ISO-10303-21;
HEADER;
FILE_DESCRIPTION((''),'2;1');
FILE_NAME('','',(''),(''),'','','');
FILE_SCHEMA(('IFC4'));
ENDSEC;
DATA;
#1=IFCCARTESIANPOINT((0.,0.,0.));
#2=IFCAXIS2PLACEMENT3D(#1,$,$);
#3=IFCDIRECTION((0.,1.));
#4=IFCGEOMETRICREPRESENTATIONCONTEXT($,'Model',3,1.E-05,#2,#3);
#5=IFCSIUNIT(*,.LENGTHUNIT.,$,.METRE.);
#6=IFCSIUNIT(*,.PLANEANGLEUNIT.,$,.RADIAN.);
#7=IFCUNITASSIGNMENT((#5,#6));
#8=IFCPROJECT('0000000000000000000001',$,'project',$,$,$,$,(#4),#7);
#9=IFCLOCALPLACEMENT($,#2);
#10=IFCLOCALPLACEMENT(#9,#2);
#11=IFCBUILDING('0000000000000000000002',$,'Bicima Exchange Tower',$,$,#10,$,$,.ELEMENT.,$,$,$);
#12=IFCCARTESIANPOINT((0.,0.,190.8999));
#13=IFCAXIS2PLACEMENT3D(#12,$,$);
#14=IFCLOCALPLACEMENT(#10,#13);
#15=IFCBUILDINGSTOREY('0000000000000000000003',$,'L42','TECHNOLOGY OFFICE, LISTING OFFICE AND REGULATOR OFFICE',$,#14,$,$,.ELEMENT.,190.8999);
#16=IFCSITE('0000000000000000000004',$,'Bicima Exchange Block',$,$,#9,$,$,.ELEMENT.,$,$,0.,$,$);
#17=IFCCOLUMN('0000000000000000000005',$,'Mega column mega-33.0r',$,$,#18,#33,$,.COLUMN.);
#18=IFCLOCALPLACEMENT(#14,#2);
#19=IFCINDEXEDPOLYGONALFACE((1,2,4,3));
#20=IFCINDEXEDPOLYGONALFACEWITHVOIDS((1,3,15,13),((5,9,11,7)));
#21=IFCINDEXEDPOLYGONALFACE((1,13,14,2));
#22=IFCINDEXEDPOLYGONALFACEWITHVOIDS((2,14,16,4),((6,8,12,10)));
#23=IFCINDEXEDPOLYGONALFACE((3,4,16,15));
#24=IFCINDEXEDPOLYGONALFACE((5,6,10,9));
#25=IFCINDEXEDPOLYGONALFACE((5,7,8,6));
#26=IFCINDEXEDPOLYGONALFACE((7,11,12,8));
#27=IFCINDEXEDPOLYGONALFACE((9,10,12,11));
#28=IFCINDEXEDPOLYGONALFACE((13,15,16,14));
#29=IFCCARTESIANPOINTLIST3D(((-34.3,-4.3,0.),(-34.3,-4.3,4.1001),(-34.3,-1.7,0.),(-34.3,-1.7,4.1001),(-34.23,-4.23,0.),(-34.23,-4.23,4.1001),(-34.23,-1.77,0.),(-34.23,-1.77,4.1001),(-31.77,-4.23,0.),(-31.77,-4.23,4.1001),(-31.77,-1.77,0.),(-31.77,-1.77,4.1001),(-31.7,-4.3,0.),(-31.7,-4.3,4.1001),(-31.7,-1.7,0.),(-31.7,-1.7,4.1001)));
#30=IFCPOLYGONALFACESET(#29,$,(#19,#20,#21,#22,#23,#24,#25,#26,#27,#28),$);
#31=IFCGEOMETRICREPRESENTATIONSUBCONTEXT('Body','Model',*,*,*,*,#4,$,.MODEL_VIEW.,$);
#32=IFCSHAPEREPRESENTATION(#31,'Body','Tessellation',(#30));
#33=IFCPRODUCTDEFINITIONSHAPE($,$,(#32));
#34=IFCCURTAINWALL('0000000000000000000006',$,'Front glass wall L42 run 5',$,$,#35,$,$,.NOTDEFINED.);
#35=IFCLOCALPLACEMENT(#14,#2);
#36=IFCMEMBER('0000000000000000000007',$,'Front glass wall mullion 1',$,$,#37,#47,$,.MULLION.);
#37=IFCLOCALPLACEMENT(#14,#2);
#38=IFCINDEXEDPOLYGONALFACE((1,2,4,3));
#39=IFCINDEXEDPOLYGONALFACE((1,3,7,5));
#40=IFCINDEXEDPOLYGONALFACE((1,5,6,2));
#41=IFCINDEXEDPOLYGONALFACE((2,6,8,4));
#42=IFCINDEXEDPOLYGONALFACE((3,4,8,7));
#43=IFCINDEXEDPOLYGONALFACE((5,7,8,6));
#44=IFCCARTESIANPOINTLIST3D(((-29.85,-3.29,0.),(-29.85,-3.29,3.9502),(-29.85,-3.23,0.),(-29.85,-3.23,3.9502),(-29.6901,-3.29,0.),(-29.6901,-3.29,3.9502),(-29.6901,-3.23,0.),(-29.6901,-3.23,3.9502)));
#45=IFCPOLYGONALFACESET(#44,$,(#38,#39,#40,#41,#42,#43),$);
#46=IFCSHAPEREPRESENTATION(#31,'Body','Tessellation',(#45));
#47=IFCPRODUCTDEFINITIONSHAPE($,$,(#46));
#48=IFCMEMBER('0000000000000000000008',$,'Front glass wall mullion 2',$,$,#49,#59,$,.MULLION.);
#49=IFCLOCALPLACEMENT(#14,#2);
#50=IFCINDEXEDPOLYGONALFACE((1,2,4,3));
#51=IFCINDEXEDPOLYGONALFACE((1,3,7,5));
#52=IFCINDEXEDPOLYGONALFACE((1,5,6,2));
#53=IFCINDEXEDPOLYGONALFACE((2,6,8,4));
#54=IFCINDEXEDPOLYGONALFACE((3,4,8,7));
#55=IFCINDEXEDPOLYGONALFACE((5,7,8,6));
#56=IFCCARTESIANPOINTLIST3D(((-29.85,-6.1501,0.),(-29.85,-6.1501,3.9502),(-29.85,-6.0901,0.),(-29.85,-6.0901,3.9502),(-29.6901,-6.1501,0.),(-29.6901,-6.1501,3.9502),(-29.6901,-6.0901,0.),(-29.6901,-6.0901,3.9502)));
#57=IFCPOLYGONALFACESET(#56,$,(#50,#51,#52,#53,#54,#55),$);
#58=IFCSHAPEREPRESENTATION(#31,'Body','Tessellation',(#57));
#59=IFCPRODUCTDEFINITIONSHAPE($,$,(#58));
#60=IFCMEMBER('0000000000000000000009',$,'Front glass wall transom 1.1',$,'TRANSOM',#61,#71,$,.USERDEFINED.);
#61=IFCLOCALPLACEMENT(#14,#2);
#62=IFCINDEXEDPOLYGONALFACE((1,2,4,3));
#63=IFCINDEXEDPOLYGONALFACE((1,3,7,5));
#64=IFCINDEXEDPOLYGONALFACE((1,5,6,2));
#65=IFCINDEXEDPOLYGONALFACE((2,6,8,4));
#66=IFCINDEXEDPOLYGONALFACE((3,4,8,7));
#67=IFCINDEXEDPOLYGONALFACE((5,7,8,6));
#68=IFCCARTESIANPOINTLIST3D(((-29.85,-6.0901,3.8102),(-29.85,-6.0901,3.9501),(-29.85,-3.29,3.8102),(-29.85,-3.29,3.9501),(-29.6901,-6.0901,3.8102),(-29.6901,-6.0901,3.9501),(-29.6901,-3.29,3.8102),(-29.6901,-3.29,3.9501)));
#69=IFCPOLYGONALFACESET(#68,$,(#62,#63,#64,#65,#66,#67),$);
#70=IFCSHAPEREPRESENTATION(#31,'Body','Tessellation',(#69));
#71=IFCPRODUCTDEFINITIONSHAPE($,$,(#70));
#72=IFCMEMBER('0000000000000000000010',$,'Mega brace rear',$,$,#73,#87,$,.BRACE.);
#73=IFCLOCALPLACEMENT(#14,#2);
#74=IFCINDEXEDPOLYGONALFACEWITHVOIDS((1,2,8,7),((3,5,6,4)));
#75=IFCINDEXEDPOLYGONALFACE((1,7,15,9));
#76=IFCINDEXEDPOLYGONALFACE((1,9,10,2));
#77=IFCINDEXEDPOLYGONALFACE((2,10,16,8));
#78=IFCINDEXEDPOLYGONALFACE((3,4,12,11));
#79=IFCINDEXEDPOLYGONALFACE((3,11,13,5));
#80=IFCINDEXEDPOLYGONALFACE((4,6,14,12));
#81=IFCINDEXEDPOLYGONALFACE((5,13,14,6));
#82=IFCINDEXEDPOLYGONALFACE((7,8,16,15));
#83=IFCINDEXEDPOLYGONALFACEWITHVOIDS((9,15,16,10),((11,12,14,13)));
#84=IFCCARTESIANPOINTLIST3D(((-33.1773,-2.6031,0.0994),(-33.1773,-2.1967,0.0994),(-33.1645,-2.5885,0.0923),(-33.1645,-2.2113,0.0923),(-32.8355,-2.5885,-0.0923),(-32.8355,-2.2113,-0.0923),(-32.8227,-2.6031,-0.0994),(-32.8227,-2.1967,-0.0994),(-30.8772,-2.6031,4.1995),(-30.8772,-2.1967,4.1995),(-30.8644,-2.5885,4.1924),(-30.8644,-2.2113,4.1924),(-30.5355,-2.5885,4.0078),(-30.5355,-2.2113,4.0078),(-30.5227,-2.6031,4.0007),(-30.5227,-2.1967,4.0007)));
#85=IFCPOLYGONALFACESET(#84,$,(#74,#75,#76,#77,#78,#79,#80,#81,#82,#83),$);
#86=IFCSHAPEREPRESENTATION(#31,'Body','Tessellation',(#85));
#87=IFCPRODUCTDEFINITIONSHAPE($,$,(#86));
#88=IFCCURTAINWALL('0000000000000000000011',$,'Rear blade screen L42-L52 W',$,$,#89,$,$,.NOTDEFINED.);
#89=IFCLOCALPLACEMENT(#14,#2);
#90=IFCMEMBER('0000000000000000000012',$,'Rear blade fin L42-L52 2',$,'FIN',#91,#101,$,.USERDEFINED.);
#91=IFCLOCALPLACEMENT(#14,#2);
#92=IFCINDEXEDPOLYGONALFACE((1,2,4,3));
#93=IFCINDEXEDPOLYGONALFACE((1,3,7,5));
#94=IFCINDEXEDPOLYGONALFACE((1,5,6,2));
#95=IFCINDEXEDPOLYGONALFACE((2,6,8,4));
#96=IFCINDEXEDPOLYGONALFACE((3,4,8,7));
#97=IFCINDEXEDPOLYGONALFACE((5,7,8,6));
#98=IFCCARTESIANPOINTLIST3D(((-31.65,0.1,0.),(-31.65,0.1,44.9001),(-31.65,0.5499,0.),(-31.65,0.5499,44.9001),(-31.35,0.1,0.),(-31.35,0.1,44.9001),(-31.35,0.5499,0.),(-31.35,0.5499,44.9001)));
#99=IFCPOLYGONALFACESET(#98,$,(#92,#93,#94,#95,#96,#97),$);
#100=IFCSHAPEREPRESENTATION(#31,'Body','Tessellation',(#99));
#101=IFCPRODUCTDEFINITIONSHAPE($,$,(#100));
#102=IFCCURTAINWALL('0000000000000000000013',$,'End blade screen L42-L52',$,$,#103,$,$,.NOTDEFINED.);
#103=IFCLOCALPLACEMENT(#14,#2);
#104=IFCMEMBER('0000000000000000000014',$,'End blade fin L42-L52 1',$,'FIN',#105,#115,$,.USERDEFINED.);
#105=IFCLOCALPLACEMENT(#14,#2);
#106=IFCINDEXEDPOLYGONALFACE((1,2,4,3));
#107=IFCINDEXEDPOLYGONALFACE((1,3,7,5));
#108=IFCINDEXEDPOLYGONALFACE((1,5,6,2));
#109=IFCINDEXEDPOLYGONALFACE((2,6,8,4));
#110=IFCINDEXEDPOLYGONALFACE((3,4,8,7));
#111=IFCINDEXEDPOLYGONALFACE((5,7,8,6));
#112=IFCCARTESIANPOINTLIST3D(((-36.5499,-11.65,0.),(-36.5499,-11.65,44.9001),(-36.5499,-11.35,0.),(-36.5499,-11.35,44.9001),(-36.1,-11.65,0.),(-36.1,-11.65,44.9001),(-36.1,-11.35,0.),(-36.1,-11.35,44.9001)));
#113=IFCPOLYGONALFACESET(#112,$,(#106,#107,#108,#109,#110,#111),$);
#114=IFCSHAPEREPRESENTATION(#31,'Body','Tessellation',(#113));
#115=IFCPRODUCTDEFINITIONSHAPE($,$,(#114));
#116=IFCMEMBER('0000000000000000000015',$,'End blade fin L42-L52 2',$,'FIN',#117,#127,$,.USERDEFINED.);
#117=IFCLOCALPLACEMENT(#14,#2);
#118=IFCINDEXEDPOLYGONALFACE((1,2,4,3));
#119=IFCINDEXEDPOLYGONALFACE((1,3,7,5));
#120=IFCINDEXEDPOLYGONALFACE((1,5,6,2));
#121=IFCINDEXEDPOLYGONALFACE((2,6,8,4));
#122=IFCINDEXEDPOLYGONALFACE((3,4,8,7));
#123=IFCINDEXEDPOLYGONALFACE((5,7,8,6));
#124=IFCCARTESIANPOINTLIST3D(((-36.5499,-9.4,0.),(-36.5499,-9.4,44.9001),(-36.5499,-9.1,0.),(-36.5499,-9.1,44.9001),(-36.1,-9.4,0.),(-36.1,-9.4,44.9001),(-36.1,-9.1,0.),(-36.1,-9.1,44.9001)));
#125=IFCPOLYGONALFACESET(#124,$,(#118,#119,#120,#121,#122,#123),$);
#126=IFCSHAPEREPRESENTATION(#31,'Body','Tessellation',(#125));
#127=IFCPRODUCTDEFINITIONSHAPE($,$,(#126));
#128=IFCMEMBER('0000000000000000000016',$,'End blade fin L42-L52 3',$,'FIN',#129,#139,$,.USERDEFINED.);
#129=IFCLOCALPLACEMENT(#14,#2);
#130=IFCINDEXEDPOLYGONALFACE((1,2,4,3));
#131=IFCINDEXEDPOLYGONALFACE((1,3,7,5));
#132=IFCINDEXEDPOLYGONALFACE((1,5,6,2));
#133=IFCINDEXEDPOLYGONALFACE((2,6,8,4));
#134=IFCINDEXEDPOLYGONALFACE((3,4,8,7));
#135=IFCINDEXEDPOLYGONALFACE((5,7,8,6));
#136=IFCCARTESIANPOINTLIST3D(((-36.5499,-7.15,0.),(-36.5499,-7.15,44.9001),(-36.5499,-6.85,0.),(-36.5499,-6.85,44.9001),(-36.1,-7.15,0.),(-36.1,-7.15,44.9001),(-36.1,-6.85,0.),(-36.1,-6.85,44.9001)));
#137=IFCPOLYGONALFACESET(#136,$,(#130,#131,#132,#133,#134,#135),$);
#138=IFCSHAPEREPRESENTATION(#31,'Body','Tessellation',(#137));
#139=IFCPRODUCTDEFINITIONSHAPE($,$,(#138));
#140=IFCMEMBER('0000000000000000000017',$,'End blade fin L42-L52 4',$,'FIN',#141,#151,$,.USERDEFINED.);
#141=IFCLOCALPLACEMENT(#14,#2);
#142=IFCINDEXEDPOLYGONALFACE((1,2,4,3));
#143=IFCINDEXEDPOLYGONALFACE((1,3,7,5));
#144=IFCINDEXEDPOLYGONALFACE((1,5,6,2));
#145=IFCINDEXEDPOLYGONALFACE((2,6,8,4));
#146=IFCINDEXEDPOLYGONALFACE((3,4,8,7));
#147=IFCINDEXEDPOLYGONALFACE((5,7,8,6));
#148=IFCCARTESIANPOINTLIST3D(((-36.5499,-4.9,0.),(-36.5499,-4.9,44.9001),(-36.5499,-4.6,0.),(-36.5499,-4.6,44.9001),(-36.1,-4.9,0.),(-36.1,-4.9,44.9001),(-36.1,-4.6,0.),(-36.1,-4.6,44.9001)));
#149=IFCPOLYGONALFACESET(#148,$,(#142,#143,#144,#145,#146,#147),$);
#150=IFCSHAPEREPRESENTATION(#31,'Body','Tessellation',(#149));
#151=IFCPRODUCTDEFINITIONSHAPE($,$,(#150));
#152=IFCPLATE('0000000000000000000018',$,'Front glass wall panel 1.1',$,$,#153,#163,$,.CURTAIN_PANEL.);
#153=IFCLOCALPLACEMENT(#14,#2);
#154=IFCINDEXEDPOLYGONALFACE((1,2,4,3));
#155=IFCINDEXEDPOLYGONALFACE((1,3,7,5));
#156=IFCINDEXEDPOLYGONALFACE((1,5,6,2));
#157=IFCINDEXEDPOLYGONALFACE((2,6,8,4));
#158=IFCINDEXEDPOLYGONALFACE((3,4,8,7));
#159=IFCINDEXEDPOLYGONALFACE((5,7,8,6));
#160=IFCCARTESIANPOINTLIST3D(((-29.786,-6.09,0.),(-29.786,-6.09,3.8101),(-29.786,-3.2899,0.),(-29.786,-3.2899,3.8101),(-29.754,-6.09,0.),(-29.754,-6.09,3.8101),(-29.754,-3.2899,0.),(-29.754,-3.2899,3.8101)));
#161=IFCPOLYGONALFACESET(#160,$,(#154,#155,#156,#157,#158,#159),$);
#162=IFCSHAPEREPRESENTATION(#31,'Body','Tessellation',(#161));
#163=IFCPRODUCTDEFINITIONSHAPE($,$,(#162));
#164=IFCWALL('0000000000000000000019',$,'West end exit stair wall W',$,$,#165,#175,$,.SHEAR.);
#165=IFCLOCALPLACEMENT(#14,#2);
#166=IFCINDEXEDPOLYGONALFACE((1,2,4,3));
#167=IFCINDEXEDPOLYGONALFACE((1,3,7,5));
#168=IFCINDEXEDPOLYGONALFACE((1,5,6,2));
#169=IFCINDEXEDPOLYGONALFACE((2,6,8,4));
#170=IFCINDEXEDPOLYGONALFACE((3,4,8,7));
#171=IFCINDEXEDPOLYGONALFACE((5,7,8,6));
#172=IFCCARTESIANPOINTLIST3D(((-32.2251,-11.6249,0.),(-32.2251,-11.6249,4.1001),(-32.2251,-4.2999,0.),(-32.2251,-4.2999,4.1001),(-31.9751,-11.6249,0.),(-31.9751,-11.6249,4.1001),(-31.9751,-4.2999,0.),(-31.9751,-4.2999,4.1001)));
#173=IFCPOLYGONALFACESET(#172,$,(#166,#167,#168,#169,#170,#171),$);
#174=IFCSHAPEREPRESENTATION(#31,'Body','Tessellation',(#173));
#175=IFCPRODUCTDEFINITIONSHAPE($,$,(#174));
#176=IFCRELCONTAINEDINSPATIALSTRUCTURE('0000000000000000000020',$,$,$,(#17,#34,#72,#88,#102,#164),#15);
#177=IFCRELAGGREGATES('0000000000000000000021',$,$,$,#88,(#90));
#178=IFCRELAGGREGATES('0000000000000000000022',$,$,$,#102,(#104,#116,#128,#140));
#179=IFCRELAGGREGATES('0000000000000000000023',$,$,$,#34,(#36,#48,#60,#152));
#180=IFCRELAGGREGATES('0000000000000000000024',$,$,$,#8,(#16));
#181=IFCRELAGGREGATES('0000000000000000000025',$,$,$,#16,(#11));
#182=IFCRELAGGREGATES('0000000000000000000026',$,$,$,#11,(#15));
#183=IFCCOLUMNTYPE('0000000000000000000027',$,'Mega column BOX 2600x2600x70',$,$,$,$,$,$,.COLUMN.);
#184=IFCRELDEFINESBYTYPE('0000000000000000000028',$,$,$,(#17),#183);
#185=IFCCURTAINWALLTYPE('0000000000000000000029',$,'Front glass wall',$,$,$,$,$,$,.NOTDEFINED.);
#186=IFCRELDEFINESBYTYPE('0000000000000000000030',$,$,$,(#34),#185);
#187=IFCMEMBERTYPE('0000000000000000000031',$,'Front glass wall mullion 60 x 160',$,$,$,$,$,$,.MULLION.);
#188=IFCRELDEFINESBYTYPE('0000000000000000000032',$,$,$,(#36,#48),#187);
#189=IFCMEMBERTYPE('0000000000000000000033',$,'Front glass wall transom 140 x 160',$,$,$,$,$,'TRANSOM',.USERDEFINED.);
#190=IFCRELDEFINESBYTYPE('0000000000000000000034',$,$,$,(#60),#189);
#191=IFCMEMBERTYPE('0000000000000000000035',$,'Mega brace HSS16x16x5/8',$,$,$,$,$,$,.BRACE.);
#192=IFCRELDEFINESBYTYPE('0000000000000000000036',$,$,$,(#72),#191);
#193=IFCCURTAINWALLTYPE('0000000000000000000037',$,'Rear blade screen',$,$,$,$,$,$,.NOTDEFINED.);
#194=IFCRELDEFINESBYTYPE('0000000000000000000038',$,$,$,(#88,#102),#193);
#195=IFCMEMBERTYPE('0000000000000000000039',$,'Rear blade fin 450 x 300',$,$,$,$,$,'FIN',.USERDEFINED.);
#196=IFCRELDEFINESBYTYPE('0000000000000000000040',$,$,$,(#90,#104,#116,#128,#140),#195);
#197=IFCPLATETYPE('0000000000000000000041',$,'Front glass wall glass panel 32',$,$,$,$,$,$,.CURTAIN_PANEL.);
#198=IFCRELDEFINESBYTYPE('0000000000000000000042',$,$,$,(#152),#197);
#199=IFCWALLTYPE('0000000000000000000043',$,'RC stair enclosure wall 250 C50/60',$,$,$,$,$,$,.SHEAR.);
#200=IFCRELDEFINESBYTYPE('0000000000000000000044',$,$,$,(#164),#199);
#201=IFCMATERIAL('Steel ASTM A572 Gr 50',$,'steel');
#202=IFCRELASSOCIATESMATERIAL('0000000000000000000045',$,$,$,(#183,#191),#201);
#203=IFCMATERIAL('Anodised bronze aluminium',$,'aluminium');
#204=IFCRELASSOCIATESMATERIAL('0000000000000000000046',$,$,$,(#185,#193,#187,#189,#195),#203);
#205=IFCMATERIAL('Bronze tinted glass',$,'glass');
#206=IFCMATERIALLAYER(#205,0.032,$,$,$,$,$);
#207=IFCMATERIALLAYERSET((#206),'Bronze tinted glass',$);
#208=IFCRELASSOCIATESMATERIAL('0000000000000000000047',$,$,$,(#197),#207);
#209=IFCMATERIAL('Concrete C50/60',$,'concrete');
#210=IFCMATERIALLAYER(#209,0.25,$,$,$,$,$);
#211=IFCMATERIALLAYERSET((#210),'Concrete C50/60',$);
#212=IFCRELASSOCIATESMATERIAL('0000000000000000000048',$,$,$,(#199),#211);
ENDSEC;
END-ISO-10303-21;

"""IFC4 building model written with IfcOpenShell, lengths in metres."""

from ifc_helpers import new_model, si_unit, direction, frame, frame_2d, origin, origin_2d, place, context, subcontext, project, spatial, rectangle, hollow_rectangle, extrude, material, layer, layer_set, material_profile, profile_set, type_object, element, aggregate, save


model = new_model("IFC4")

# Units and contexts
model_context = context("Model", 3, precision=1e-05, world=origin(), true_north=direction((0.0, 1.0)))
body_context = subcontext(model_context, "Body", "Model", "MODEL_VIEW")
ifc_project = project(units=[si_unit("LENGTHUNIT", "METRE"), si_unit("PLANEANGLEUNIT", "RADIAN")], contexts=[model_context])

# Site, building, storey
site_placement = place(None, origin())
site = spatial("IfcSite", under=ifc_project, at=site_placement, Name="Bicima Exchange Block", CompositionType="ELEMENT", RefElevation=0.0)
building_placement = place(site_placement, origin())
building = spatial("IfcBuilding", under=site, at=building_placement, Name="Bicima Exchange Tower", CompositionType="ELEMENT")
storey_placement = place(building_placement, frame((0.0, 0.0, 190.8999)))
storey = spatial("IfcBuildingStorey", under=building, at=storey_placement, Name="L42", Description="TECHNOLOGY OFFICE, LISTING OFFICE AND REGULATOR OFFICE", CompositionType="ELEMENT", Elevation=190.8999)

# Column
ifc_material_1 = material(Name="Steel ASTM A572 Gr 50", Category="steel")
ifc_material_profile_1 = material_profile(ifc_material_1, hollow_rectangle(XDim=2.6001, YDim=2.6001, WallThickness=0.0701, at=origin_2d()))
ifc_profile_set_1 = profile_set([ifc_material_profile_1], Name="Steel ASTM A572 Gr 50")
column_type = type_object("IfcColumnType", Name="Mega column BOX 2600x2600x70", PredefinedType="COLUMN", material=ifc_profile_set_1)
column_placement = place(storey_placement, frame((-33.0, -3.0, 0.0), z_axis=(0.0, 0.0, 1.0), x_axis=(1.0, 0.0, 0.0)))
element("IfcColumn", 1, at=column_placement, inside=storey, type_object=column_type, Name="Mega column mega-33.0r", PredefinedType="COLUMN", context=body_context, shape_type="SweptSolid", body=[
    extrude(hollow_rectangle(XDim=2.6001, YDim=2.6001, WallThickness=0.0701, at=origin_2d()), origin(), (0.0, 0.0, 1.0), 4.1001),
])

# Curtain wall, members
ifc_material_2 = material(Name="Anodised bronze aluminium", Category="aluminium")
curtain_wall_type_1 = type_object("IfcCurtainWallType", Name="Front glass wall", PredefinedType="NOTDEFINED", material=ifc_material_2)
curtain_wall_1_placement = place(storey_placement, origin())
curtain_wall_1 = element("IfcCurtainWall", 2, at=curtain_wall_1_placement, inside=storey, type_object=curtain_wall_type_1, Name="Front glass wall L42 run 5", PredefinedType="NOTDEFINED")
ifc_material_profile_2 = material_profile(ifc_material_2, rectangle(XDim=0.1599, YDim=0.0601, at=origin_2d()))
ifc_profile_set_2 = profile_set([ifc_material_profile_2], Name="Anodised bronze aluminium")
member_type_1 = type_object("IfcMemberType", Name="Front glass wall mullion 60 x 160", PredefinedType="MULLION", material=ifc_profile_set_2)
member_1_placement = place(storey_placement, frame((-29.77, -3.26, 0.0), z_axis=(0.0, 0.0, 1.0), x_axis=(1.0, 0.0, 0.0)))
member_1 = element("IfcMember", 3, at=member_1_placement, type_object=member_type_1, Name="Front glass wall mullion 1", PredefinedType="MULLION", context=body_context, shape_type="SweptSolid", body=[
    extrude(rectangle(XDim=0.1599, YDim=0.0601, at=origin_2d()), origin(), (0.0, 0.0, 1.0), 3.9502),
])
member_2_placement = place(storey_placement, frame((-29.77, -6.1201, 0.0), z_axis=(0.0, 0.0, 1.0), x_axis=(1.0, 0.0, 0.0)))
member_2 = element("IfcMember", 4, at=member_2_placement, type_object=member_type_1, Name="Front glass wall mullion 2", PredefinedType="MULLION", context=body_context, shape_type="SweptSolid", body=[
    extrude(rectangle(XDim=0.1599, YDim=0.0601, at=origin_2d()), origin(), (0.0, 0.0, 1.0), 3.9502),
])
ifc_material_profile_3 = material_profile(ifc_material_2, rectangle(XDim=0.1599, YDim=0.1399, at=origin_2d()))
ifc_profile_set_3 = profile_set([ifc_material_profile_3], Name="Anodised bronze aluminium")
member_type_2 = type_object("IfcMemberType", Name="Front glass wall transom 140 x 160", ElementType="TRANSOM", PredefinedType="USERDEFINED", material=ifc_profile_set_3)
member_3_placement = place(storey_placement, frame((-29.77, -3.29, 3.8801), z_axis=(0.0, -1.0, 0.0), x_axis=(1.0, 0.0, 0.0)))
member_3 = element("IfcMember", 5, at=member_3_placement, type_object=member_type_2, Name="Front glass wall transom 1.1", ObjectType="TRANSOM", PredefinedType="USERDEFINED", context=body_context, shape_type="SweptSolid", body=[
    extrude(rectangle(XDim=0.1599, YDim=0.1399, at=origin_2d()), origin(), (0.0, 0.0, 1.0), 2.8),
])

# Member
ifc_material_profile_4 = material_profile(ifc_material_1, hollow_rectangle(XDim=0.4065, YDim=0.4065, WallThickness=0.0146, at=origin_2d()))
ifc_profile_set_4 = profile_set([ifc_material_profile_4], Name="Steel ASTM A572 Gr 50")
member_type_3 = type_object("IfcMemberType", Name="Mega brace HSS16x16x5/8", PredefinedType="BRACE", material=ifc_profile_set_4)
member_4_placement = place(storey_placement, frame((-33.0, -2.3999, 0.0), z_axis=(0.48925, 0.0, 0.872144), x_axis=(0.0, 1.0, 0.0)))
element("IfcMember", 6, at=member_4_placement, inside=storey, type_object=member_type_3, Name="Mega brace rear", PredefinedType="BRACE", context=body_context, shape_type="SweptSolid", body=[
    extrude(hollow_rectangle(XDim=0.4065, YDim=0.4065, WallThickness=0.0146, at=origin_2d()), origin(), (0.0, 0.0, 1.0), 4.7012),
])

# Curtain wall, member
curtain_wall_type_2 = type_object("IfcCurtainWallType", Name="Rear blade screen", PredefinedType="NOTDEFINED", material=ifc_material_2)
curtain_wall_2_placement = place(storey_placement, origin())
curtain_wall_2 = element("IfcCurtainWall", 7, at=curtain_wall_2_placement, inside=storey, type_object=curtain_wall_type_2, Name="Rear blade screen L42-L52 W", PredefinedType="NOTDEFINED")
ifc_material_profile_5 = material_profile(ifc_material_2, rectangle(XDim=0.45, YDim=0.3, at=origin_2d()))
ifc_profile_set_5 = profile_set([ifc_material_profile_5], Name="Anodised bronze aluminium")
member_type_4 = type_object("IfcMemberType", Name="Rear blade fin 450 x 300", ElementType="FIN", PredefinedType="USERDEFINED", material=ifc_profile_set_5)
member_5_placement = place(storey_placement, frame((-31.5, 0.325, 0.0), z_axis=(0.0, 0.0, 1.0), x_axis=(0.0, 1.0, 0.0)))
member_5 = element("IfcMember", 8, at=member_5_placement, type_object=member_type_4, Name="Rear blade fin L42-L52 2", ObjectType="FIN", PredefinedType="USERDEFINED", context=body_context, shape_type="SweptSolid", body=[
    extrude(rectangle(XDim=0.45, YDim=0.3, at=origin_2d()), origin(), (0.0, 0.0, 1.0), 44.9001),
])
aggregate(curtain_wall_2, [member_5])

# Curtain wall, members
curtain_wall_3_placement = place(storey_placement, origin())
curtain_wall_3 = element("IfcCurtainWall", 9, at=curtain_wall_3_placement, inside=storey, type_object=curtain_wall_type_2, Name="End blade screen L42-L52", PredefinedType="NOTDEFINED")
member_6_placement = place(storey_placement, frame((-36.325, -11.5, 0.0), z_axis=(0.0, 0.0, 1.0), x_axis=(1.0, 0.0, 0.0)))
member_6 = element("IfcMember", 10, at=member_6_placement, type_object=member_type_4, Name="End blade fin L42-L52 1", ObjectType="FIN", PredefinedType="USERDEFINED", context=body_context, shape_type="SweptSolid", body=[
    extrude(rectangle(XDim=0.45, YDim=0.3, at=origin_2d()), origin(), (0.0, 0.0, 1.0), 44.9001),
])
member_7_placement = place(storey_placement, frame((-36.325, -9.25, 0.0), z_axis=(0.0, 0.0, 1.0), x_axis=(1.0, 0.0, 0.0)))
member_7 = element("IfcMember", 11, at=member_7_placement, type_object=member_type_4, Name="End blade fin L42-L52 2", ObjectType="FIN", PredefinedType="USERDEFINED", context=body_context, shape_type="SweptSolid", body=[
    extrude(rectangle(XDim=0.45, YDim=0.3, at=origin_2d()), origin(), (0.0, 0.0, 1.0), 44.9001),
])
member_8_placement = place(storey_placement, frame((-36.325, -7.0, 0.0), z_axis=(0.0, 0.0, 1.0), x_axis=(1.0, 0.0, 0.0)))
member_8 = element("IfcMember", 12, at=member_8_placement, type_object=member_type_4, Name="End blade fin L42-L52 3", ObjectType="FIN", PredefinedType="USERDEFINED", context=body_context, shape_type="SweptSolid", body=[
    extrude(rectangle(XDim=0.45, YDim=0.3, at=origin_2d()), origin(), (0.0, 0.0, 1.0), 44.9001),
])
member_9_placement = place(storey_placement, frame((-36.325, -4.75, 0.0), z_axis=(0.0, 0.0, 1.0), x_axis=(1.0, 0.0, 0.0)))
member_9 = element("IfcMember", 13, at=member_9_placement, type_object=member_type_4, Name="End blade fin L42-L52 4", ObjectType="FIN", PredefinedType="USERDEFINED", context=body_context, shape_type="SweptSolid", body=[
    extrude(rectangle(XDim=0.45, YDim=0.3, at=origin_2d()), origin(), (0.0, 0.0, 1.0), 44.9001),
])
aggregate(curtain_wall_3, [member_6, member_7, member_8, member_9])

# Plate
ifc_material_3 = material(Name="Bronze tinted glass", Category="glass")
ifc_layer_1 = layer(ifc_material_3, 0.032)
ifc_layer_set_1 = layer_set([ifc_layer_1], Name="Bronze tinted glass")
plate_type = type_object("IfcPlateType", Name="Front glass wall glass panel 32", PredefinedType="CURTAIN_PANEL", material=ifc_layer_set_1)
plate_placement = place(storey_placement, frame((-29.77, -4.6899, 0.0), z_axis=(0.0, 0.0, 1.0), x_axis=(0.0, -1.0, 0.0)))
plate = element("IfcPlate", 14, at=plate_placement, type_object=plate_type, Name="Front glass wall panel 1.1", PredefinedType="CURTAIN_PANEL", context=body_context, shape_type="SweptSolid", body=[
    extrude(rectangle(XDim=2.8, YDim=0.032, at=origin_2d()), origin(), (0.0, 0.0, 1.0), 3.8101),
])
aggregate(curtain_wall_1, [member_1, member_2, member_3, plate])

# Wall
ifc_material_4 = material(Name="Concrete C50/60", Category="concrete")
ifc_layer_2 = layer(ifc_material_4, 0.25)
ifc_layer_set_2 = layer_set([ifc_layer_2], Name="Concrete C50/60")
wall_type_1 = type_object("IfcWallType", Name="RC stair enclosure wall 250 C50/60", PredefinedType="SHEAR", material=ifc_layer_set_2)
wall_1_placement = place(storey_placement, frame((-32.1001, -11.625, 0.0), z_axis=(0.0, 0.0, 1.0), x_axis=(0.0, 1.0, 0.0)))
element("IfcWall", 15, at=wall_1_placement, inside=storey, type_object=wall_type_1, Name="West end exit stair wall W", PredefinedType="SHEAR", context=body_context, shape_type="SweptSolid", body=[
    extrude(rectangle(XDim=7.325, YDim=0.25, at=frame_2d((3.6626, 0.0))), origin(), (0.0, 0.0, 1.0), 4.1001),
])

save(model, "model.ifc")
